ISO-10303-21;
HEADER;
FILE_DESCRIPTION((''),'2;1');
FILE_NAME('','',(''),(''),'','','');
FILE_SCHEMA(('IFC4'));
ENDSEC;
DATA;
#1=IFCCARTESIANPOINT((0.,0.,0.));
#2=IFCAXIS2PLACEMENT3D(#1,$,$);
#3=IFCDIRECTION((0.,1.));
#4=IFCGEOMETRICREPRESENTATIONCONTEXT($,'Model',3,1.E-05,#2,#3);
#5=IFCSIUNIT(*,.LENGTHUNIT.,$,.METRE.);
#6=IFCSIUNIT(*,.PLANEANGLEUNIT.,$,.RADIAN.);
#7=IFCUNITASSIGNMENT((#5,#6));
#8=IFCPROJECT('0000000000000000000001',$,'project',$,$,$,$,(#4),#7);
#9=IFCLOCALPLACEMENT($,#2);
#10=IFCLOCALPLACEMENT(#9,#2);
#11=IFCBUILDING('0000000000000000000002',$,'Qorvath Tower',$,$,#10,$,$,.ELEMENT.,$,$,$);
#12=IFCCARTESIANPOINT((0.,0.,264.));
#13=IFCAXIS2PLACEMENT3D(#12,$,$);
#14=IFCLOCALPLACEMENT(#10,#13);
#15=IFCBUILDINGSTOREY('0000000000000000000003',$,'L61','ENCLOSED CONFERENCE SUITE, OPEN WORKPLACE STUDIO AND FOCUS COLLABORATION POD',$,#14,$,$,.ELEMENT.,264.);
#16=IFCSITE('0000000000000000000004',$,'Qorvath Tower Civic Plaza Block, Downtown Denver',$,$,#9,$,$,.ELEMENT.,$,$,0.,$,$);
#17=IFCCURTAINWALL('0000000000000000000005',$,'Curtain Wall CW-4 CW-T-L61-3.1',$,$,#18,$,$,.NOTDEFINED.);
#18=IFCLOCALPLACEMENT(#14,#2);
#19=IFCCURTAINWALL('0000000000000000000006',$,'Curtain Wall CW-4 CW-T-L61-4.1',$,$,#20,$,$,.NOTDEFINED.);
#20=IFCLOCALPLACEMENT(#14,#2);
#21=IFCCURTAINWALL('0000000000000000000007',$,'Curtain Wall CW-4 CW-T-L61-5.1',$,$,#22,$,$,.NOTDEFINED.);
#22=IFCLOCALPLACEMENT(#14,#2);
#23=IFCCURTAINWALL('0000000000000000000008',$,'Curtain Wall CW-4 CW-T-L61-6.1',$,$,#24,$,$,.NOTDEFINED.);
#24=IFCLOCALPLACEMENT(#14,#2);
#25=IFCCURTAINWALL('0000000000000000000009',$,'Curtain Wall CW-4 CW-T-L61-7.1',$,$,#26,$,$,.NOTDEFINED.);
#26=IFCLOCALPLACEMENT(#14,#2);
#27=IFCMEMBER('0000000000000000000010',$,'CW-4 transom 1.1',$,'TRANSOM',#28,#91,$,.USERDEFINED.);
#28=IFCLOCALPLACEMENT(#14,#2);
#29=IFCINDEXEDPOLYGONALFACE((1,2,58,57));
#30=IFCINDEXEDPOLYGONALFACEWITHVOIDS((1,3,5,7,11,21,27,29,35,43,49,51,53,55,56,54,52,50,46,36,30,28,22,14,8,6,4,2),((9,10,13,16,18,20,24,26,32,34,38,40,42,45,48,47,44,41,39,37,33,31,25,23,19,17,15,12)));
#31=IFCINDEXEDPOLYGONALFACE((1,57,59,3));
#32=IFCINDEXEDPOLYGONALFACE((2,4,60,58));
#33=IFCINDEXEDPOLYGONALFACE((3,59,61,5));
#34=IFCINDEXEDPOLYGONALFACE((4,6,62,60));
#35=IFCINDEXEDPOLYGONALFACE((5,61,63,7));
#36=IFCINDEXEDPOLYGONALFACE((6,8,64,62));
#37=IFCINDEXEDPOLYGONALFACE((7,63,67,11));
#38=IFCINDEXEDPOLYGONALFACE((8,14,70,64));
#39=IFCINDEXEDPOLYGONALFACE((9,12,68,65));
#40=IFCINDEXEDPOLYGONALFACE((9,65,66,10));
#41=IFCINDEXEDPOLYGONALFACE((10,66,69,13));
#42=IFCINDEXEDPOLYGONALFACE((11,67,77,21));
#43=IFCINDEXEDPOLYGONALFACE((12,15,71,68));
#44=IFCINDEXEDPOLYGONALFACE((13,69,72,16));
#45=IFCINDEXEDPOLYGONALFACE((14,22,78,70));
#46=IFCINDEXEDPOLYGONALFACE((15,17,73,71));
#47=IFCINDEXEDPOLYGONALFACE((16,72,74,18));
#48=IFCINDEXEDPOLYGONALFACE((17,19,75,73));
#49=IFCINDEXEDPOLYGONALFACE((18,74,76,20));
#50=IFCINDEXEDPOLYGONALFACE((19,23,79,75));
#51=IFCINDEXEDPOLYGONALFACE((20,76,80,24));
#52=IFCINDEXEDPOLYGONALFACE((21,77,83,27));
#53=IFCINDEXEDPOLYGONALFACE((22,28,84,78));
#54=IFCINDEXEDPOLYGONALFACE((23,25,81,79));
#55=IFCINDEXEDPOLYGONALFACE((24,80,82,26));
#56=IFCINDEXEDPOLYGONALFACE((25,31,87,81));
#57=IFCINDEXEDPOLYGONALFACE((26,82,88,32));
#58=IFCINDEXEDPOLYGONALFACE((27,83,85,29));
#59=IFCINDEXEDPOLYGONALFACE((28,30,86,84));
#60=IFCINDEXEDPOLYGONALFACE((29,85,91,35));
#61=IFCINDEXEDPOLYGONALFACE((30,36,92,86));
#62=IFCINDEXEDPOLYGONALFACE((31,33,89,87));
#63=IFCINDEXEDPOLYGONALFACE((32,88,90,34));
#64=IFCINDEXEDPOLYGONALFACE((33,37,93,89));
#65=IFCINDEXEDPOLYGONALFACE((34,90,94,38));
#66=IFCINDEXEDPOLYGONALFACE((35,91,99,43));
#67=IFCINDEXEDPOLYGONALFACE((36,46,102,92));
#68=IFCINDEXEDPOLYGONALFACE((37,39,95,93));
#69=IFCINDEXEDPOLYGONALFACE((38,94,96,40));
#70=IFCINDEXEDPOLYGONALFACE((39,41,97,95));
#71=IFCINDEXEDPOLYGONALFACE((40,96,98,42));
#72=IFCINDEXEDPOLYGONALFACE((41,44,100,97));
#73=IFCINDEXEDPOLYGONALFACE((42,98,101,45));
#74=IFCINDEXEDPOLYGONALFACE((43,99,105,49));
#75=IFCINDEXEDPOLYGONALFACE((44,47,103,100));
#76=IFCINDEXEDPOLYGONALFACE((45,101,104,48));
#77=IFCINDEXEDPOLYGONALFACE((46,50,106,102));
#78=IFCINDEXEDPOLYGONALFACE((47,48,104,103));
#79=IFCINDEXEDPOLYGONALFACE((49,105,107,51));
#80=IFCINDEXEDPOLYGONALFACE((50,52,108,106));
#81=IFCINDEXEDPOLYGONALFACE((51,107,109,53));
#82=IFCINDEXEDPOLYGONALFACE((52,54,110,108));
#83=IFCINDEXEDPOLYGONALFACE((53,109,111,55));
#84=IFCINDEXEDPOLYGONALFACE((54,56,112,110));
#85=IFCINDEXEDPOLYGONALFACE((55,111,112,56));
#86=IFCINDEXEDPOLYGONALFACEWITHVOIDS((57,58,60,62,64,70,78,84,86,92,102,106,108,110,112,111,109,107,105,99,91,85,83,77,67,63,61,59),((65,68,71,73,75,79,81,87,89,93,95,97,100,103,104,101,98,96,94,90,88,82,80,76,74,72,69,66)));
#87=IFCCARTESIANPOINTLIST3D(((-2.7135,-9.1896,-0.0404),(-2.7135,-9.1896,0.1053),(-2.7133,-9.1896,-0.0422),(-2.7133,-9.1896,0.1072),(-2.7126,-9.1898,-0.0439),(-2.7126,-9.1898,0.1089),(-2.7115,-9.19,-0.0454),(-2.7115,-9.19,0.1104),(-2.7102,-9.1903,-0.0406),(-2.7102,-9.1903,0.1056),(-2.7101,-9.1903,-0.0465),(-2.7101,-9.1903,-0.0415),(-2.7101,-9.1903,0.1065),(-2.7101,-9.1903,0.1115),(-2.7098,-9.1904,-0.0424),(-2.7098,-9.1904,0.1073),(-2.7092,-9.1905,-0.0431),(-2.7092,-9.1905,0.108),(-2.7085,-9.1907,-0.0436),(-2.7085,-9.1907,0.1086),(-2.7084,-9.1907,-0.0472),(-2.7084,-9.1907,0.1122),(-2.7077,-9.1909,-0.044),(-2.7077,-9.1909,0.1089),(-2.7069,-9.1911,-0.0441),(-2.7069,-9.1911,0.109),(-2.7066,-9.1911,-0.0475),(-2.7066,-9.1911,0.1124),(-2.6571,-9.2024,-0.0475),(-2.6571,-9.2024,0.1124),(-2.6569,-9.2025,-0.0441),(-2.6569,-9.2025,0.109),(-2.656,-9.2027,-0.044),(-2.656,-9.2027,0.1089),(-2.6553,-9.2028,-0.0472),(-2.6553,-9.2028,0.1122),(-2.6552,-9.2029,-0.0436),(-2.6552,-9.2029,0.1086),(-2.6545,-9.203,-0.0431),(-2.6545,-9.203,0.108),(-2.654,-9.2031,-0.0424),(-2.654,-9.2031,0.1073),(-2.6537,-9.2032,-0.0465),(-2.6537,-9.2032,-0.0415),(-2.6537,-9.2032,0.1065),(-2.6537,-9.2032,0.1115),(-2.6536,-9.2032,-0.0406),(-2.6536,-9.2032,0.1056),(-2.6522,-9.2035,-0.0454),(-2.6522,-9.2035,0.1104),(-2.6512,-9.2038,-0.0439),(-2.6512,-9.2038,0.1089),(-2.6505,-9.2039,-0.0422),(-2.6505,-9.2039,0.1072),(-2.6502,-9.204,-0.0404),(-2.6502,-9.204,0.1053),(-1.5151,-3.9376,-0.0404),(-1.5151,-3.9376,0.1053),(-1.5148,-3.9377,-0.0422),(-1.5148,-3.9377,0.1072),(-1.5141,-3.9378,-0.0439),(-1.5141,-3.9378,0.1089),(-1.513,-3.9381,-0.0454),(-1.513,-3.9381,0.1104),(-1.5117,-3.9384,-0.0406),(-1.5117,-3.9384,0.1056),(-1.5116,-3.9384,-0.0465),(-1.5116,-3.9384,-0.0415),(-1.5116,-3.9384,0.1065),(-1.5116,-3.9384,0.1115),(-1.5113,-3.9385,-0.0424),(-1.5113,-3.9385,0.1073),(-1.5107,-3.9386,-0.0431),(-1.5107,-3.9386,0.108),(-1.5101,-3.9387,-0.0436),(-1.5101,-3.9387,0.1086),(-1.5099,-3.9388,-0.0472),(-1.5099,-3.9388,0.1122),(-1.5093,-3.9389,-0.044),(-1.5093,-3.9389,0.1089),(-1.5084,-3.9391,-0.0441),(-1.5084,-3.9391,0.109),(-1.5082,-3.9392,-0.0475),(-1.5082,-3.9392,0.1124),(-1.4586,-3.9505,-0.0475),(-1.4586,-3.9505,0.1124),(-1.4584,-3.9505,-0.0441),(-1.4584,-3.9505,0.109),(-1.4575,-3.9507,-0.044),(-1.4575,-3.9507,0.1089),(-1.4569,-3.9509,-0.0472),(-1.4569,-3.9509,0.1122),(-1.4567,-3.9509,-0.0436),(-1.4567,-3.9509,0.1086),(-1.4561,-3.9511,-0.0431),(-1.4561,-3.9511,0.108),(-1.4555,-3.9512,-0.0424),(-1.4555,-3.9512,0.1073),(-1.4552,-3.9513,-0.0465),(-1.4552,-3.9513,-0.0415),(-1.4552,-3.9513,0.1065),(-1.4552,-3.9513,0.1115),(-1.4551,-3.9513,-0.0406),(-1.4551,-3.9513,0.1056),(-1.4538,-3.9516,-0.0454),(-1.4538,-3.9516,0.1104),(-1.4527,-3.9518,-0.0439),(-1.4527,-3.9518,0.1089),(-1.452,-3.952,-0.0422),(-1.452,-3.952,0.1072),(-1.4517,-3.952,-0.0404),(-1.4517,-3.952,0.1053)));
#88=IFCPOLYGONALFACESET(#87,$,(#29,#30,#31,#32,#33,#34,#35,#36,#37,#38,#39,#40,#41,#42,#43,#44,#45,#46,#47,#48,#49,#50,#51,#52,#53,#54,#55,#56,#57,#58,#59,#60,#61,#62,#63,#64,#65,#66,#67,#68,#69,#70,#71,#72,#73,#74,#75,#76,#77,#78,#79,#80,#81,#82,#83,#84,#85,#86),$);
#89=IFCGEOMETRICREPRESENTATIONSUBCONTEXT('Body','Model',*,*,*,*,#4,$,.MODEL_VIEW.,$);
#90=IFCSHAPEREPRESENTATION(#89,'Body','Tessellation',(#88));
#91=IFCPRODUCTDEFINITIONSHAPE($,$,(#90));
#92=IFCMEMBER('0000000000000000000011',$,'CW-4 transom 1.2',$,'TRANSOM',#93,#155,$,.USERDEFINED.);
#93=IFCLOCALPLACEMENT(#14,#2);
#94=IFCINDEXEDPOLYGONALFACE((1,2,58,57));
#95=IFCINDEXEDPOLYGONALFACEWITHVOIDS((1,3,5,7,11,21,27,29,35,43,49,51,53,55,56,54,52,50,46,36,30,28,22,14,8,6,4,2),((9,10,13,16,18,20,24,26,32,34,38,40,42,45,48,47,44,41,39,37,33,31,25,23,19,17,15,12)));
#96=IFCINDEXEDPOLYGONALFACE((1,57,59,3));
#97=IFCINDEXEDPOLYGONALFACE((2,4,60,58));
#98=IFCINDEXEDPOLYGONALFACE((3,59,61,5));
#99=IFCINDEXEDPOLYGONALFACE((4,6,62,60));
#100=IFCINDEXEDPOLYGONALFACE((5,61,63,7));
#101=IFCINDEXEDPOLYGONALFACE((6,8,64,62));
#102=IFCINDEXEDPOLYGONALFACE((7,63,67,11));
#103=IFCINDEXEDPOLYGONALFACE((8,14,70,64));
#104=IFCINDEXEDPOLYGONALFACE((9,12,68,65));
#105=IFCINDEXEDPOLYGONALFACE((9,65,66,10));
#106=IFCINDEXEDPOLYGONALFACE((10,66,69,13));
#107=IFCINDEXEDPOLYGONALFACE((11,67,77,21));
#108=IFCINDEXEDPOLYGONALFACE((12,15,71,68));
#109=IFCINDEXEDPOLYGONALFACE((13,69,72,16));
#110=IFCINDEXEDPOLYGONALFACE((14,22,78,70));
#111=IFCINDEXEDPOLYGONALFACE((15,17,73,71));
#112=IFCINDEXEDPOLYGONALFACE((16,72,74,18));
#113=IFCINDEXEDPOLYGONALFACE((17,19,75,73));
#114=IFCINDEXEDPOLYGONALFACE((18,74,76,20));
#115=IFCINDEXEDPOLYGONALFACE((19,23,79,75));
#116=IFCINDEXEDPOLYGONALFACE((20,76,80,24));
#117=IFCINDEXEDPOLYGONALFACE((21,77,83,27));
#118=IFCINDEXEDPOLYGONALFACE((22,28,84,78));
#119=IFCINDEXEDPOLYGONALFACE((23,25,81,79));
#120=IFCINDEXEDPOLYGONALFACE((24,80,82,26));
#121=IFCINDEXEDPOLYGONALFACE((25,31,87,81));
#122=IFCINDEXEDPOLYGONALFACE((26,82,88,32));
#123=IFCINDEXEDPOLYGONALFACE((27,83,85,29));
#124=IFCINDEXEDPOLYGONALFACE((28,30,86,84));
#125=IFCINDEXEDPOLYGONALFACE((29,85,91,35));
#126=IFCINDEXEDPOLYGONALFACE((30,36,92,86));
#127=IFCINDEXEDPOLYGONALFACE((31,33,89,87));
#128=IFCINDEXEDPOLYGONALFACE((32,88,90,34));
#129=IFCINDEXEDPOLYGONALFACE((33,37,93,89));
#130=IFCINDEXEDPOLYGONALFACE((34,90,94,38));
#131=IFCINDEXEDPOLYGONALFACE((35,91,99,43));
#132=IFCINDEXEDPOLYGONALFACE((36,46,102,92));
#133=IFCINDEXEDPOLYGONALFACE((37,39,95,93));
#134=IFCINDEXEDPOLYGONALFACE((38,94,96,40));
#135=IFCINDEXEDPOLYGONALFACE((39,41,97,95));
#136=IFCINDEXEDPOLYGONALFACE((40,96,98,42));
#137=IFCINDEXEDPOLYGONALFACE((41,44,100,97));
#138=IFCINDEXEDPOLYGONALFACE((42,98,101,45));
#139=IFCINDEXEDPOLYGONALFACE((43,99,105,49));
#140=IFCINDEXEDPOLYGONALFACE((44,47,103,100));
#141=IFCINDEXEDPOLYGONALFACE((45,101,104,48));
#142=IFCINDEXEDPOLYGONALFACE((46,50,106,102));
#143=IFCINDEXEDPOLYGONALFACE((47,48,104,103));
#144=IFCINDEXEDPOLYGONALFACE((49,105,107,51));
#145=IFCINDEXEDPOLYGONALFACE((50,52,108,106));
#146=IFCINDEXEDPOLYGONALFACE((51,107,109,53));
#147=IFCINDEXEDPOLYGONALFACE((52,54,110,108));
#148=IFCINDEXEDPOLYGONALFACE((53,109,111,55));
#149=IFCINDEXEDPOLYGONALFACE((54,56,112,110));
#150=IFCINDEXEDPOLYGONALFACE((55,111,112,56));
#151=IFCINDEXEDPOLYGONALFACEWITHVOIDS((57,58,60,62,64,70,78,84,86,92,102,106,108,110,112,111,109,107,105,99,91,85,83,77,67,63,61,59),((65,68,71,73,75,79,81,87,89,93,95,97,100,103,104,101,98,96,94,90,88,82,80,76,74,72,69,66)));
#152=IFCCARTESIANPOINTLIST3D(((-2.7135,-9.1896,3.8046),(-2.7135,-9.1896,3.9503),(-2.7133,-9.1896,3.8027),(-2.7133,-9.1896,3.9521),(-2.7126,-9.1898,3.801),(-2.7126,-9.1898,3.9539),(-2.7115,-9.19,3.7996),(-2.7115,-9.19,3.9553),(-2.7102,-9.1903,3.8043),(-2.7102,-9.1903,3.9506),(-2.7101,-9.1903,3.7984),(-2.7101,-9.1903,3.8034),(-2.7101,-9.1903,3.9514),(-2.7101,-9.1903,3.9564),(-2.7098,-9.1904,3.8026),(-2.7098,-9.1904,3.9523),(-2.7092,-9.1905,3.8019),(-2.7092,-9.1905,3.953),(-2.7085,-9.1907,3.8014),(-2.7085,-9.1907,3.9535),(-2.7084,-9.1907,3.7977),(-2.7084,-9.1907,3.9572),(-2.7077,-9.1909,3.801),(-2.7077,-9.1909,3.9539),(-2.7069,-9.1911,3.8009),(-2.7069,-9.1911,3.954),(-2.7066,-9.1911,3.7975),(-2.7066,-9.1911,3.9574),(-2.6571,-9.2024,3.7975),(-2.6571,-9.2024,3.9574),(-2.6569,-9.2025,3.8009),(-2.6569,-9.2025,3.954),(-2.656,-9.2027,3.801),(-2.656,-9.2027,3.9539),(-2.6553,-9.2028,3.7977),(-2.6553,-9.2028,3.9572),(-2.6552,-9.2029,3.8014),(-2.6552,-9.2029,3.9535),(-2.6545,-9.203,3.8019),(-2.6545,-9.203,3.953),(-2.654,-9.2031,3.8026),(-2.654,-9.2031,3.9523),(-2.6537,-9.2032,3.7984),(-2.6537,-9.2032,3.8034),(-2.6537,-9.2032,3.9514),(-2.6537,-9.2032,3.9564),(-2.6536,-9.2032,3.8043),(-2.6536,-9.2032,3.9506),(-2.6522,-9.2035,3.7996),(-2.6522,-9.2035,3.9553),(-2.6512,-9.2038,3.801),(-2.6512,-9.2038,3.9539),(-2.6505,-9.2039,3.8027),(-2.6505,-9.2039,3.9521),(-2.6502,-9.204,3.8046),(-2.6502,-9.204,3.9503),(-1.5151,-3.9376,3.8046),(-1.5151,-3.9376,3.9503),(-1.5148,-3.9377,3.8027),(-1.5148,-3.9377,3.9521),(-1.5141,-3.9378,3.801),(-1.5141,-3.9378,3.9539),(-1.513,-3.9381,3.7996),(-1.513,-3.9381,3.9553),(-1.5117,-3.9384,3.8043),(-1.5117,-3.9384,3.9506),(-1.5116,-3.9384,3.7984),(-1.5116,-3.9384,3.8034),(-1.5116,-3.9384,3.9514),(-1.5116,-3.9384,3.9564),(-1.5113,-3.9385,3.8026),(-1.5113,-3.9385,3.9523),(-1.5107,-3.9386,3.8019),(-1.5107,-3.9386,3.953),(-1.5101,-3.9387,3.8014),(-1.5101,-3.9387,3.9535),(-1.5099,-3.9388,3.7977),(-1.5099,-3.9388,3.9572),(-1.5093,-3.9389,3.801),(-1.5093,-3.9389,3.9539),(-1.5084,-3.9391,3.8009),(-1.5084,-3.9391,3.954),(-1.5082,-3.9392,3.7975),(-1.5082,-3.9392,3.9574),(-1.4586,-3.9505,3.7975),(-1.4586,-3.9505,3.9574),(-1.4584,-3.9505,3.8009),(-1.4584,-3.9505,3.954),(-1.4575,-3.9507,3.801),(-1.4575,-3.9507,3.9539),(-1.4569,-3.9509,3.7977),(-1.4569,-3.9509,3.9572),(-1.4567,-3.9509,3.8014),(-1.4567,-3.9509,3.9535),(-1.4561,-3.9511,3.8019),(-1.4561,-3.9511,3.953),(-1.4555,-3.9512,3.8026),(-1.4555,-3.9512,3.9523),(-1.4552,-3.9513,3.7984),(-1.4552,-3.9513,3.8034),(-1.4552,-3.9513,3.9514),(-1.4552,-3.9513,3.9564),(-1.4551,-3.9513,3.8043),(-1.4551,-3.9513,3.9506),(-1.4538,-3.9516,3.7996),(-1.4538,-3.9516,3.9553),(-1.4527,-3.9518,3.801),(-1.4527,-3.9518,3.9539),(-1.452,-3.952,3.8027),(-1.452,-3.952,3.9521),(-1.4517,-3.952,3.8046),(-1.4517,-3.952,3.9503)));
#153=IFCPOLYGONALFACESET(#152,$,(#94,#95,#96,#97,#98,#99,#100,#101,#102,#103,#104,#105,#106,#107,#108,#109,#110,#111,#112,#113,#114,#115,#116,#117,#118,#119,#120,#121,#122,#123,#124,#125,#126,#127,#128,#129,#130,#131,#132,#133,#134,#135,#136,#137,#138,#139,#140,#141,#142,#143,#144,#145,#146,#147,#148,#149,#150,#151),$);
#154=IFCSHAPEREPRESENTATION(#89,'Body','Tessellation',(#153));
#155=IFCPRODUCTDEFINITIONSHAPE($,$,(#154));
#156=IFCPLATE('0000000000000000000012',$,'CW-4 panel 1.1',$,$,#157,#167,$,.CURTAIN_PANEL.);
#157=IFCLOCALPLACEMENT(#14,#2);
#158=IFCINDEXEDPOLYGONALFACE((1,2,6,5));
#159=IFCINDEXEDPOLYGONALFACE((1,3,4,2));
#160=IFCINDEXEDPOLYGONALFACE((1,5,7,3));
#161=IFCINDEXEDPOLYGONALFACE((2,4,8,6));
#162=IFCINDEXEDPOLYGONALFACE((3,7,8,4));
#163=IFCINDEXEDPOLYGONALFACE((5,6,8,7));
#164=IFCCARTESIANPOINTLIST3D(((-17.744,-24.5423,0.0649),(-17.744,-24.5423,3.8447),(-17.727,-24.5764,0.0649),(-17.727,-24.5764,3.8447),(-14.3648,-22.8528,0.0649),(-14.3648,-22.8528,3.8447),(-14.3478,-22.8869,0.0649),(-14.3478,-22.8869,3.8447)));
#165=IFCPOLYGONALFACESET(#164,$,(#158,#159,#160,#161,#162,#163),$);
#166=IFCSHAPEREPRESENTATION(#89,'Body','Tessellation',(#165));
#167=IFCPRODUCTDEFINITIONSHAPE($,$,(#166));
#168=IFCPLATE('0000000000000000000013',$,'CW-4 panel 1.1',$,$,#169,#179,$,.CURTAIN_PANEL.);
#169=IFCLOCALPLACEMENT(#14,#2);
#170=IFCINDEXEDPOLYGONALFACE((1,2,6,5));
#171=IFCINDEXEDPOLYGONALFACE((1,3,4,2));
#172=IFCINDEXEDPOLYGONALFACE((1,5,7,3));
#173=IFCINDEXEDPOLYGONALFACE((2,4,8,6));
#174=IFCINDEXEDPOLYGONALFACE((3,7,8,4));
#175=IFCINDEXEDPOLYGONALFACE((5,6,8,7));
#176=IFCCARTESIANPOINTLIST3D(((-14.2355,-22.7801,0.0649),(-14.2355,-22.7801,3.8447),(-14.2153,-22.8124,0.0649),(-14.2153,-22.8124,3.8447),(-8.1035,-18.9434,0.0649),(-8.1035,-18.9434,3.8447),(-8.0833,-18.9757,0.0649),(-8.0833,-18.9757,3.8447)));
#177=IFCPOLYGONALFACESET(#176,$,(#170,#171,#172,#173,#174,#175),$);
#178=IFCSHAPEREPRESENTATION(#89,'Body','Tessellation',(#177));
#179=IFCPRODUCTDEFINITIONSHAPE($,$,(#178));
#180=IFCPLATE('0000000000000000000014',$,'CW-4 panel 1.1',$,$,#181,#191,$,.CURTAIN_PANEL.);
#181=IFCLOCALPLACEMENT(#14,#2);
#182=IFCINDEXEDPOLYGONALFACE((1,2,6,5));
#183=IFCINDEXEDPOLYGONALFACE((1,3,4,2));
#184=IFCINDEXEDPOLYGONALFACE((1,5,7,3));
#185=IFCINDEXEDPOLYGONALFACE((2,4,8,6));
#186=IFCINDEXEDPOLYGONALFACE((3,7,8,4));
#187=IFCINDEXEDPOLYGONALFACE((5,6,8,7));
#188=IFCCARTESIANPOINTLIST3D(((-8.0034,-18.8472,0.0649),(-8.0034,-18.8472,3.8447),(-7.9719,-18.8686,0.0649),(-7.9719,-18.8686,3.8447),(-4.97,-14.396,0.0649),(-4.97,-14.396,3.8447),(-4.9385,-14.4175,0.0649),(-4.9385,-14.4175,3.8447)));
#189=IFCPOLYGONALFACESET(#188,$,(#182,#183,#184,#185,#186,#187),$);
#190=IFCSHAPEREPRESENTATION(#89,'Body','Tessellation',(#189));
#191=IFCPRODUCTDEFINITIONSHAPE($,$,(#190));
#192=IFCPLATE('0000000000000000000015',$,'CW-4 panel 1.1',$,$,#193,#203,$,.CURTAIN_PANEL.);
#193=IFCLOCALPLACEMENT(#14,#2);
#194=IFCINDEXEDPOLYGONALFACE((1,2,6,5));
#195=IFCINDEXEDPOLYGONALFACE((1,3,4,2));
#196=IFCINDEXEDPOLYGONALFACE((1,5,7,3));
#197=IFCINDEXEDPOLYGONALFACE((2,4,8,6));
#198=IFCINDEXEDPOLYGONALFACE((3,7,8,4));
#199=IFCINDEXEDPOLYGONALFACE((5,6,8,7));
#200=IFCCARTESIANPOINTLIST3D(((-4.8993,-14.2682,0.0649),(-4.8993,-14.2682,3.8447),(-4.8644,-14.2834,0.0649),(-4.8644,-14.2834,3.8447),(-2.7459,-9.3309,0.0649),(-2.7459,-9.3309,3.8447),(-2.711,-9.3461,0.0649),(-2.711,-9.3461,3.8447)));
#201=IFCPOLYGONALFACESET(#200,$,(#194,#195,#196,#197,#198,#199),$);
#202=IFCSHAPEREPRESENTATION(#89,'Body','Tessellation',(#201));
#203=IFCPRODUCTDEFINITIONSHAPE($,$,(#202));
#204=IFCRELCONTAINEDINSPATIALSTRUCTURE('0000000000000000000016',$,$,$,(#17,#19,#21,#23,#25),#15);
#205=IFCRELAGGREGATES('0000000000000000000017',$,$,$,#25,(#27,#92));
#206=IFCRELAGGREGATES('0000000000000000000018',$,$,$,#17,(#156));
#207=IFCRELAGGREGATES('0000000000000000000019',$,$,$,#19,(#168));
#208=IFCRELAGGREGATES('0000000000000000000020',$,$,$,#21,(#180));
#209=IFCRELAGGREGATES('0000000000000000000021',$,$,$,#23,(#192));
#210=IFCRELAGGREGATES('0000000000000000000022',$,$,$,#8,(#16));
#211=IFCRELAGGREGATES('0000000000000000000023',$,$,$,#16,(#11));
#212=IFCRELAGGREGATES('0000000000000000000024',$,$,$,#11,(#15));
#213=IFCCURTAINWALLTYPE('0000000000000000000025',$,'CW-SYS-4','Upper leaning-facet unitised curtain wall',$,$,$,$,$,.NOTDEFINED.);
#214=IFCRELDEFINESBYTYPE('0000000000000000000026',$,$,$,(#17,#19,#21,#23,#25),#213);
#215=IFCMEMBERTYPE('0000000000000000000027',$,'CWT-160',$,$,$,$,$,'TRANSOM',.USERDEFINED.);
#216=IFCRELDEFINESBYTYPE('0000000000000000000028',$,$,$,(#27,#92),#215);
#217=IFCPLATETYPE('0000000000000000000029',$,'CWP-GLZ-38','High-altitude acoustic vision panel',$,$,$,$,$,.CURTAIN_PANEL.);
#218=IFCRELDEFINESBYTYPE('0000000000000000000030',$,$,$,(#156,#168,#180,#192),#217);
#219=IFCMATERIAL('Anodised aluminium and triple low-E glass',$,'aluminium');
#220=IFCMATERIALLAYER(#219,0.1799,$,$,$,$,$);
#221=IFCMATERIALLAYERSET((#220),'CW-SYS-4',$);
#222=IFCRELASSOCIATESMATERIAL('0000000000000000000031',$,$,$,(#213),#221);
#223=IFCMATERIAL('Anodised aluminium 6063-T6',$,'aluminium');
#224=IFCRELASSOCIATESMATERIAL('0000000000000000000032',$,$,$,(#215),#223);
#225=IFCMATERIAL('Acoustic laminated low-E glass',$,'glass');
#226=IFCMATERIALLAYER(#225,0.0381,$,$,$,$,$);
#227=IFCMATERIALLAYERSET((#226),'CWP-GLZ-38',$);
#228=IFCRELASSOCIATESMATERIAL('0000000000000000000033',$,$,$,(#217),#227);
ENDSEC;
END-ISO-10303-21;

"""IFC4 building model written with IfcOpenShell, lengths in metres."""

from ifc_helpers import new_model, si_unit, direction, frame, origin, origin_2d, place, context, subcontext, project, spatial, rectangle, hollow_rectangle, extrude, material, layer, layer_set, material_profile, profile_set, type_object, element, aggregate, save


model = new_model("IFC4")

# Units and contexts
model_context = context("Model", 3, precision=1e-05, world=origin(), true_north=direction((0.0, 1.0)))
body_context = subcontext(model_context, "Body", "Model", "MODEL_VIEW")
ifc_project = project(units=[si_unit("LENGTHUNIT", "METRE"), si_unit("PLANEANGLEUNIT", "RADIAN")], contexts=[model_context])

# Site, building, storey
site_placement = place(None, origin())
site = spatial("IfcSite", under=ifc_project, at=site_placement, Name="Qorvath Tower Civic Plaza Block, Downtown Denver", CompositionType="ELEMENT", RefElevation=0.0)
building_placement = place(site_placement, origin())
building = spatial("IfcBuilding", under=site, at=building_placement, Name="Qorvath Tower", CompositionType="ELEMENT")
storey_placement = place(building_placement, frame((0.0, 0.0, 264.0)))
storey = spatial("IfcBuildingStorey", under=building, at=storey_placement, Name="L61", Description="ENCLOSED CONFERENCE SUITE, OPEN WORKPLACE STUDIO AND FOCUS COLLABORATION POD", CompositionType="ELEMENT", Elevation=264.0)

# Curtain wall
ifc_material_1 = material(Name="Anodised aluminium and triple low-E glass", Category="aluminium")
ifc_layer_1 = layer(ifc_material_1, 0.1799)
ifc_layer_set_1 = layer_set([ifc_layer_1], Name="CW-SYS-4")
curtain_wall_type = type_object("IfcCurtainWallType", Name="CW-SYS-4", Description="Upper leaning-facet unitised curtain wall", PredefinedType="NOTDEFINED", material=ifc_layer_set_1)
curtain_wall_1_placement = place(storey_placement, origin())
curtain_wall_1 = element("IfcCurtainWall", 1, at=curtain_wall_1_placement, inside=storey, type_object=curtain_wall_type, Name="Curtain Wall CW-4 CW-T-L61-3.1", PredefinedType="NOTDEFINED")

# Curtain walls
curtain_wall_2_placement = place(storey_placement, origin())
curtain_wall_2 = element("IfcCurtainWall", 2, at=curtain_wall_2_placement, inside=storey, type_object=curtain_wall_type, Name="Curtain Wall CW-4 CW-T-L61-4.1", PredefinedType="NOTDEFINED")
curtain_wall_3_placement = place(storey_placement, origin())
curtain_wall_3 = element("IfcCurtainWall", 3, at=curtain_wall_3_placement, inside=storey, type_object=curtain_wall_type, Name="Curtain Wall CW-4 CW-T-L61-5.1", PredefinedType="NOTDEFINED")
curtain_wall_4_placement = place(storey_placement, origin())
curtain_wall_4 = element("IfcCurtainWall", 4, at=curtain_wall_4_placement, inside=storey, type_object=curtain_wall_type, Name="Curtain Wall CW-4 CW-T-L61-6.1", PredefinedType="NOTDEFINED")

# Curtain wall
curtain_wall_5_placement = place(storey_placement, origin())
curtain_wall_5 = element("IfcCurtainWall", 5, at=curtain_wall_5_placement, inside=storey, type_object=curtain_wall_type, Name="Curtain Wall CW-4 CW-T-L61-7.1", PredefinedType="NOTDEFINED")

# Members
ifc_material_2 = material(Name="Anodised aluminium 6063-T6", Category="aluminium")
ifc_material_profile_1 = material_profile(ifc_material_2, hollow_rectangle(XDim=0.0649, YDim=0.1599, WallThickness=0.0034, InnerFilletRadius=0.0034, OuterFilletRadius=0.0071, at=origin_2d()), Name="CWT 160x65")
ifc_profile_set_1 = profile_set([ifc_material_profile_1], Name="Anodised aluminium 6063-T6")
member_type_1 = type_object("IfcMemberType", Name="CWT-160", ElementType="TRANSOM", PredefinedType="USERDEFINED", material=ifc_profile_set_1)
member_1_placement = place(storey_placement, frame((-2.6819, -9.1968, 0.0325), z_axis=(0.222479, 0.974937, 0.0), x_axis=(-0.974937, 0.222479, 0.0)))
member_1 = element("IfcMember", 6, at=member_1_placement, type_object=member_type_1, Name="CW-4 transom 1.1", ObjectType="TRANSOM", PredefinedType="USERDEFINED", context=body_context, shape_type="SweptSolid", body=[
    extrude(hollow_rectangle(XDim=0.0649, YDim=0.1599, WallThickness=0.0034, InnerFilletRadius=0.0034, OuterFilletRadius=0.0071, at=origin_2d()), origin(), (0.0, 0.0, 1.0), 5.387),
])
member_2_placement = place(storey_placement, frame((-2.6819, -9.1968, 3.8774), z_axis=(0.222479, 0.974937, 0.0), x_axis=(-0.974937, 0.222479, 0.0)))
member_2 = element("IfcMember", 7, at=member_2_placement, type_object=member_type_1, Name="CW-4 transom 1.2", ObjectType="TRANSOM", PredefinedType="USERDEFINED", context=body_context, shape_type="SweptSolid", body=[
    extrude(hollow_rectangle(XDim=0.0649, YDim=0.1599, WallThickness=0.0034, InnerFilletRadius=0.0034, OuterFilletRadius=0.0071, at=origin_2d()), origin(), (0.0, 0.0, 1.0), 5.387),
])
aggregate(curtain_wall_5, [member_1, member_2])

# Plates
ifc_material_3 = material(Name="Acoustic laminated low-E glass", Category="glass")
ifc_layer_2 = layer(ifc_material_3, 0.0381)
ifc_layer_set_2 = layer_set([ifc_layer_2], Name="CWP-GLZ-38")
plate_type = type_object("IfcPlateType", Name="CWP-GLZ-38", Description="High-altitude acoustic vision panel", PredefinedType="CURTAIN_PANEL", material=ifc_layer_set_2)
plate_1_placement = place(storey_placement, frame((-16.0459, -23.7146, 0.0649), z_axis=(0.0, 0.0, 1.0), x_axis=(0.894437, 0.447193, 0.0)))
plate_1 = element("IfcPlate", 8, at=plate_1_placement, type_object=plate_type, Name="CW-4 panel 1.1", PredefinedType="CURTAIN_PANEL", context=body_context, shape_type="SweptSolid", body=[
    extrude(rectangle(XDim=3.7781, YDim=0.0381, at=origin_2d()), origin(), (0.0, 0.0, 1.0), 3.7798),
])
aggregate(curtain_wall_1, [plate_1])
plate_2_placement = place(storey_placement, frame((-11.1594, -20.8779, 0.0649), z_axis=(0.0, 0.0, 1.0), x_axis=(0.84774, 0.530412, 0.0)))
plate_2 = element("IfcPlate", 9, at=plate_2_placement, type_object=plate_type, Name="CW-4 panel 1.1", PredefinedType="CURTAIN_PANEL", context=body_context, shape_type="SweptSolid", body=[
    extrude(rectangle(XDim=7.2334, YDim=0.0381, at=origin_2d()), origin(), (0.0, 0.0, 1.0), 3.7798),
])
aggregate(curtain_wall_2, [plate_2])
plate_3_placement = place(storey_placement, frame((-6.4709, -16.6323, 0.0649), z_axis=(0.0, 0.0, 1.0), x_axis=(0.563145, 0.826358, 0.0)))
plate_3 = element("IfcPlate", 10, at=plate_3_placement, type_object=plate_type, Name="CW-4 panel 1.1", PredefinedType="CURTAIN_PANEL", context=body_context, shape_type="SweptSolid", body=[
    extrude(rectangle(XDim=5.3865, YDim=0.0381, at=origin_2d()), origin(), (0.0, 0.0, 1.0), 3.7798),
])
aggregate(curtain_wall_3, [plate_3])
plate_4_placement = place(storey_placement, frame((-3.8052, -11.8071, 0.0649), z_axis=(0.0, 0.0, 1.0), x_axis=(0.399777, 0.916612, 0.0)))
plate_4 = element("IfcPlate", 11, at=plate_4_placement, type_object=plate_type, Name="CW-4 panel 1.1", PredefinedType="CURTAIN_PANEL", context=body_context, shape_type="SweptSolid", body=[
    extrude(rectangle(XDim=5.3865, YDim=0.0381, at=origin_2d()), origin(), (0.0, 0.0, 1.0), 3.7798),
])
aggregate(curtain_wall_4, [plate_4])

save(model, "model.ifc")
